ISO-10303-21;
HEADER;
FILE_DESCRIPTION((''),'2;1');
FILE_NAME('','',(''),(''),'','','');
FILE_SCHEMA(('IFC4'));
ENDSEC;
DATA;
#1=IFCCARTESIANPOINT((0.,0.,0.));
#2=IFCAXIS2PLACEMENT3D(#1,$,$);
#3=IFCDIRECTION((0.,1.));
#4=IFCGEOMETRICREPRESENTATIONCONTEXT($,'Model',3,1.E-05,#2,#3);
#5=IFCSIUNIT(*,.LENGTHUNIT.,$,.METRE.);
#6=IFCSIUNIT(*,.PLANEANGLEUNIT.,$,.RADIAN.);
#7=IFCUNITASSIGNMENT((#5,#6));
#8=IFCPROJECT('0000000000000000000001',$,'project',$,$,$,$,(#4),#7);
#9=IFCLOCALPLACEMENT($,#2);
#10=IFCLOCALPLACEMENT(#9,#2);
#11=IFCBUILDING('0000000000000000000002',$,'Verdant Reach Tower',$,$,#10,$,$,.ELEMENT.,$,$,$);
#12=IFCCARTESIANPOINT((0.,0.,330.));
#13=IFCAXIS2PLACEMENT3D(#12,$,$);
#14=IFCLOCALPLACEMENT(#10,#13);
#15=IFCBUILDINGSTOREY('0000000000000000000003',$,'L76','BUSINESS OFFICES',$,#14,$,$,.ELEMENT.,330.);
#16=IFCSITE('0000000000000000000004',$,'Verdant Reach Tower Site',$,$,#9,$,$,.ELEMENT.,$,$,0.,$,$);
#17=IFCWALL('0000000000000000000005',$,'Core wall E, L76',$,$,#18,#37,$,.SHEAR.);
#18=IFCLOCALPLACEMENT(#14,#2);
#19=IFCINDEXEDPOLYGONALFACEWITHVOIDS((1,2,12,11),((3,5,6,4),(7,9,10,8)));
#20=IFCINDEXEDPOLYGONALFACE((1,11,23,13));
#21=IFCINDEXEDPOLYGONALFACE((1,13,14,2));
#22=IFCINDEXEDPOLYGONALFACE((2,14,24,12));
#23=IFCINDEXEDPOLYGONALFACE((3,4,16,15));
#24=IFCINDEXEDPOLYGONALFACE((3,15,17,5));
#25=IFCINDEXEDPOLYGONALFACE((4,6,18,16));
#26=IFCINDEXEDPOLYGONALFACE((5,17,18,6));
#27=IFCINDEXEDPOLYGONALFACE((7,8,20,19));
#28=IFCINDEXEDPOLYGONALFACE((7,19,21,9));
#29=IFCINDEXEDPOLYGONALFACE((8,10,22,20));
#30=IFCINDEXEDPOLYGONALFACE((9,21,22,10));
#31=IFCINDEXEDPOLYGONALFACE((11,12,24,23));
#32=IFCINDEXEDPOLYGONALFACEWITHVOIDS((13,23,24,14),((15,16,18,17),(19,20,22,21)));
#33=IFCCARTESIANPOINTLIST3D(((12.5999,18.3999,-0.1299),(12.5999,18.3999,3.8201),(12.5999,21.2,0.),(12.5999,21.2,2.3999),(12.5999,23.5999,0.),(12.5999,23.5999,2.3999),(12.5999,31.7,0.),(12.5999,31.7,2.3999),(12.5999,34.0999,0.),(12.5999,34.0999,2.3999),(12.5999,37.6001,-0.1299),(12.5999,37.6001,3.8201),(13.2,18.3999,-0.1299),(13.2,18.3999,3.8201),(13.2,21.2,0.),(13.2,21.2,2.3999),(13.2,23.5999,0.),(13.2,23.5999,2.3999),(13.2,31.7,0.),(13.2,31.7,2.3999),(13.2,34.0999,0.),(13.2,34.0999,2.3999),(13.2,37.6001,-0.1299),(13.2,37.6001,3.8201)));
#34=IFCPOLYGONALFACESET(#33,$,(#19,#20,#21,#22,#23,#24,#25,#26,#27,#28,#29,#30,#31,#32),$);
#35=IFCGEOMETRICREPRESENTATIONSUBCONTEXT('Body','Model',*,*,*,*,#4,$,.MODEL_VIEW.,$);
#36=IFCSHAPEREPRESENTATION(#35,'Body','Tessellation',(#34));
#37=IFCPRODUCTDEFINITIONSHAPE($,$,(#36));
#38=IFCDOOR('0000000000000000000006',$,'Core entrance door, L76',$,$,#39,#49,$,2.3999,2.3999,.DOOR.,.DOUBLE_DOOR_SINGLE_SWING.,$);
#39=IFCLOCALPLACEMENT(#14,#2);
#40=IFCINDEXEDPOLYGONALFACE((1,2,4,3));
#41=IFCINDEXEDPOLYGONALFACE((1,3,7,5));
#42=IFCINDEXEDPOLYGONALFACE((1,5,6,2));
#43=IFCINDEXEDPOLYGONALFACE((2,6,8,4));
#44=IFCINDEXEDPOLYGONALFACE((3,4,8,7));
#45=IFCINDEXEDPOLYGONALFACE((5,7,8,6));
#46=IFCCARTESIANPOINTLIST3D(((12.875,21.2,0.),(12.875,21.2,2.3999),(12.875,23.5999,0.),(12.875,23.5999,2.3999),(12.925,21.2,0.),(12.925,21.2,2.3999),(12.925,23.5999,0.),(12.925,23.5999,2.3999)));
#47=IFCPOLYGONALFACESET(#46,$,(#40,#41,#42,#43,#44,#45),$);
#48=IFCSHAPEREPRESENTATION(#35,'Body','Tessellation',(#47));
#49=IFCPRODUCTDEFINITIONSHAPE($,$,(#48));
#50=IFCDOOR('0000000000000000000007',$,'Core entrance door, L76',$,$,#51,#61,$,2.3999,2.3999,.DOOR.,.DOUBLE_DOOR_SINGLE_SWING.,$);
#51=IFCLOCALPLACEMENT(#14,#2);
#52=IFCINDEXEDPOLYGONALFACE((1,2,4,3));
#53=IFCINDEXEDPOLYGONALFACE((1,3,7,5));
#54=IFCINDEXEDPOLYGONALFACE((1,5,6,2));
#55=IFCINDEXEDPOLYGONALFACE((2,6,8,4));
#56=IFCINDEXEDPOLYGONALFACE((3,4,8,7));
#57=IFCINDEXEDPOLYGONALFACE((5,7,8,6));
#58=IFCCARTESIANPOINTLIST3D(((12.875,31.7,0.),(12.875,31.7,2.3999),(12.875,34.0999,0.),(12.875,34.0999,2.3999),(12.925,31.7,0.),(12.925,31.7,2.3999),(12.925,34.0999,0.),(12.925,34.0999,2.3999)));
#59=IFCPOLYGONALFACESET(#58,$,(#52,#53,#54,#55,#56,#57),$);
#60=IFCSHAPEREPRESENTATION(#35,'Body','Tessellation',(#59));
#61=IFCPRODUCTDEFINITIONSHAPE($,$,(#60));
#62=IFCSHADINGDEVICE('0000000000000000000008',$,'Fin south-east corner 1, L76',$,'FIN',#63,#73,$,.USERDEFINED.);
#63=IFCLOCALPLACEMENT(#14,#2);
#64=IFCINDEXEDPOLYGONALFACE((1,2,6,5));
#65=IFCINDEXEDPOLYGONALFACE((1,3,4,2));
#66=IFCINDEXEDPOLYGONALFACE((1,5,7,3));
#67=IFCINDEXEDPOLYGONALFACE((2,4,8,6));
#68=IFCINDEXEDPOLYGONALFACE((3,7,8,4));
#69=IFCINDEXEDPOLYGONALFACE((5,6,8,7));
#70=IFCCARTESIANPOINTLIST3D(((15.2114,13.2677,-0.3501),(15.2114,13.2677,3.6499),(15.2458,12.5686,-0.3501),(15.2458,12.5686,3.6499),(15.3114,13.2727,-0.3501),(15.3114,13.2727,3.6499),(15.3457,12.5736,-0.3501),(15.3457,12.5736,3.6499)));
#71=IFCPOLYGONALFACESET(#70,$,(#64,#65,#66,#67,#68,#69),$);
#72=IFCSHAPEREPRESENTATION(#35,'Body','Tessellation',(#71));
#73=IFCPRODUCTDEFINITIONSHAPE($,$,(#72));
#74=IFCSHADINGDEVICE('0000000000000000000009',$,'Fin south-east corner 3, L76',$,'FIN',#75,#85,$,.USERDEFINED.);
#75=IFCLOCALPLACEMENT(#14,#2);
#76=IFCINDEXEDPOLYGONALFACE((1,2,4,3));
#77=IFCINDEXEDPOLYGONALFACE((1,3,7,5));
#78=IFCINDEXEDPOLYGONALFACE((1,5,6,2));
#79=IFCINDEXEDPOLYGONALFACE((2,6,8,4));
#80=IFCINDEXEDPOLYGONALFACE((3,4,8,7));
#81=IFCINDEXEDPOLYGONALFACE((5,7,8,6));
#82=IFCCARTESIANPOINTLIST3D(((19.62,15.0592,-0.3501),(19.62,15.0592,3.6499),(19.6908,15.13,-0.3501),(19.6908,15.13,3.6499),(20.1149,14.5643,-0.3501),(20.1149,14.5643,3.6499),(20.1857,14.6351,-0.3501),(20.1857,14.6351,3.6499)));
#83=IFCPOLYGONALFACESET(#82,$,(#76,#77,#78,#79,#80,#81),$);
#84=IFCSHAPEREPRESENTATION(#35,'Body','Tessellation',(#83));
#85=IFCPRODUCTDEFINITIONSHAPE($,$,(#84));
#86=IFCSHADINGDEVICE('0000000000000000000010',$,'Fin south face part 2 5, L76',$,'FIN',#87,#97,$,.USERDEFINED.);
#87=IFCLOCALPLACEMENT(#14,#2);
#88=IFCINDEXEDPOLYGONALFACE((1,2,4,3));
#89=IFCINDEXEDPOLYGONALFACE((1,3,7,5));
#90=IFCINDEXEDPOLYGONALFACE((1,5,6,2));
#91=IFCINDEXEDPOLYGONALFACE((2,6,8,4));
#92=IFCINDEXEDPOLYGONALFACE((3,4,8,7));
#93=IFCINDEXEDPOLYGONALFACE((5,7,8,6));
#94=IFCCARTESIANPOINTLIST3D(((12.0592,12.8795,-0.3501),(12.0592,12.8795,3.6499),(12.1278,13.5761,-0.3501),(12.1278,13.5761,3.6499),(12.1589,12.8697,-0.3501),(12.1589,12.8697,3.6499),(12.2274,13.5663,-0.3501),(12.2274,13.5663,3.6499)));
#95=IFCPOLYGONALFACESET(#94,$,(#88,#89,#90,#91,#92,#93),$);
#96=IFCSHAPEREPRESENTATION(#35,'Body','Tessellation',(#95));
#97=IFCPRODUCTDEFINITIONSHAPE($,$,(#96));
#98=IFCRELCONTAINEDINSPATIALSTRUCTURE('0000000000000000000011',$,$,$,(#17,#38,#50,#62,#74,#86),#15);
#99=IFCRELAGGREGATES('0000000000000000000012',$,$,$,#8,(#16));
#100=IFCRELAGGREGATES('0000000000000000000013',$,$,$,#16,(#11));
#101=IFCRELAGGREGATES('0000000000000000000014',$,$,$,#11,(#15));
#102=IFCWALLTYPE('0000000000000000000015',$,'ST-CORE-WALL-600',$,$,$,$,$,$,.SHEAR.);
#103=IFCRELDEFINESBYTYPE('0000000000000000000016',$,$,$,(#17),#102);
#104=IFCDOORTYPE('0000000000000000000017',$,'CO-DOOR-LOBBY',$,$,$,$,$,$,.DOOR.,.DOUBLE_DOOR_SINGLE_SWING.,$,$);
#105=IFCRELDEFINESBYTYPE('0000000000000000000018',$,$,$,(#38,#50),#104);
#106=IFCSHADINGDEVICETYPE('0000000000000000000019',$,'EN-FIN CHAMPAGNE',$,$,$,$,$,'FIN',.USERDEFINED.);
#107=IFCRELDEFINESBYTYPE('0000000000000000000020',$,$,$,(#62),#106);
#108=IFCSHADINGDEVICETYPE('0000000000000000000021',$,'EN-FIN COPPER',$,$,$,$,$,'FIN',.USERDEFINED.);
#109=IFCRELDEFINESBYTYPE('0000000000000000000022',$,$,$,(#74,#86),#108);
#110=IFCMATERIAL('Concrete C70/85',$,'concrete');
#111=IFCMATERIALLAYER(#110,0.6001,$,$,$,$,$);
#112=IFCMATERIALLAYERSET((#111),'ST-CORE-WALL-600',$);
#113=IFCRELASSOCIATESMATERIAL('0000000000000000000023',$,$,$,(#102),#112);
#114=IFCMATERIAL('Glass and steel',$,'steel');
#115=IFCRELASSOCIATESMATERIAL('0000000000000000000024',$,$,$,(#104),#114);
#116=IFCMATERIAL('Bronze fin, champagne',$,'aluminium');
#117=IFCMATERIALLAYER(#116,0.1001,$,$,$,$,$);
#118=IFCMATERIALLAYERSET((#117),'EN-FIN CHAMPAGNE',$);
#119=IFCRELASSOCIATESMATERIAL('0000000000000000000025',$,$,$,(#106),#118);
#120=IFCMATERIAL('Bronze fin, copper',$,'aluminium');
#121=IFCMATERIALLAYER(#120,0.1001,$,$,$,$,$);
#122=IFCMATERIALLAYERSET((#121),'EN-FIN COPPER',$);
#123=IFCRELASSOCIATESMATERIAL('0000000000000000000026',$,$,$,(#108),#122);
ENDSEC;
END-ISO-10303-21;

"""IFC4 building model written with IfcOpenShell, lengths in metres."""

from ifc_helpers import new_model, si_unit, direction, frame, frame_2d, origin, origin_2d, place, context, subcontext, project, spatial, rectangle, extrude, material, layer, layer_set, type_object, element, fill, save


model = new_model("IFC4")

# Units and contexts
model_context = context("Model", 3, precision=1e-05, world=origin(), true_north=direction((0.0, 1.0)))
body_context = subcontext(model_context, "Body", "Model", "MODEL_VIEW")
ifc_project = project(units=[si_unit("LENGTHUNIT", "METRE"), si_unit("PLANEANGLEUNIT", "RADIAN")], contexts=[model_context])

# Site, building, storey
site_placement = place(None, origin())
site = spatial("IfcSite", under=ifc_project, at=site_placement, Name="Verdant Reach Tower Site", CompositionType="ELEMENT", RefElevation=0.0)
building_placement = place(site_placement, origin())
building = spatial("IfcBuilding", under=site, at=building_placement, Name="Verdant Reach Tower", CompositionType="ELEMENT")
storey_placement = place(building_placement, frame((0.0, 0.0, 330.0)))
storey = spatial("IfcBuildingStorey", under=building, at=storey_placement, Name="L76", Description="BUSINESS OFFICES", CompositionType="ELEMENT", Elevation=330.0)

# Wall, openings, doors
ifc_material_1 = material(Name="Concrete C70/85", Category="concrete")
ifc_layer_1 = layer(ifc_material_1, 0.6001)
ifc_layer_set_1 = layer_set([ifc_layer_1], Name="ST-CORE-WALL-600")
wall_type_1 = type_object("IfcWallType", Name="ST-CORE-WALL-600", PredefinedType="SHEAR", material=ifc_layer_set_1)
wall_1_placement = place(storey_placement, frame((12.8999, 18.3999, -0.1299), z_axis=(0.0, 0.0, 1.0), x_axis=(0.0, 1.0, 0.0)))
wall_1 = element("IfcWall", 1, at=wall_1_placement, inside=storey, type_object=wall_type_1, Name="Core wall E, L76", PredefinedType="SHEAR", context=body_context, shape_type="SweptSolid", body=[
    extrude(rectangle(XDim=19.2002, YDim=0.6001, at=frame_2d((9.6001, 0.0))), origin(), (0.0, 0.0, 1.0), 3.95),
])
opening_1_placement = place(wall_1_placement, frame((2.8, 0.0, 0.1299)))
opening_1 = element("IfcOpeningElement", 2, at=opening_1_placement, cuts=wall_1, PredefinedType="OPENING", context=body_context, shape_type="SweptSolid", body=[
    extrude(rectangle(XDim=2.3999, YDim=2.3999, at=frame_2d((1.2, 1.2))), frame((0.0, 0.3101, 0.0), z_axis=(0.0, -1.0, 0.0), x_axis=(1.0, 0.0, 0.0)), (0.0, 0.0, 1.0), 0.6201),
])
opening_2_placement = place(wall_1_placement, frame((13.3, 0.0, 0.1299)))
opening_2 = element("IfcOpeningElement", 3, at=opening_2_placement, cuts=wall_1, PredefinedType="OPENING", context=body_context, shape_type="SweptSolid", body=[
    extrude(rectangle(XDim=2.3999, YDim=2.3999, at=frame_2d((1.2, 1.2))), frame((0.0, 0.3101, 0.0), z_axis=(0.0, -1.0, 0.0), x_axis=(1.0, 0.0, 0.0)), (0.0, 0.0, 1.0), 0.6201),
])
ifc_material_2 = material(Name="Glass and steel", Category="steel")
door_type_1 = type_object("IfcDoorType", Name="CO-DOOR-LOBBY", OperationType="DOUBLE_DOOR_SINGLE_SWING", PredefinedType="DOOR", material=ifc_material_2)
door_1_placement = place(opening_1_placement, origin())
door_1 = element("IfcDoor", 4, at=door_1_placement, inside=storey, type_object=door_type_1, Name="Core entrance door, L76", OperationType="DOUBLE_DOOR_SINGLE_SWING", OverallHeight=2.3999, OverallWidth=2.3999, PredefinedType="DOOR", context=body_context, shape_type="SweptSolid", body=[
    extrude(rectangle(XDim=2.3999, YDim=2.3999, at=frame_2d((1.2, 1.2))), frame((0.0, 0.0249, 0.0), z_axis=(0.0, -1.0, 0.0), x_axis=(1.0, 0.0, 0.0)), (0.0, 0.0, 1.0), 0.05),
])
fill(opening_1, door_1)
door_2_placement = place(opening_2_placement, origin())
door_2 = element("IfcDoor", 5, at=door_2_placement, inside=storey, type_object=door_type_1, Name="Core entrance door, L76", OperationType="DOUBLE_DOOR_SINGLE_SWING", OverallHeight=2.3999, OverallWidth=2.3999, PredefinedType="DOOR", context=body_context, shape_type="SweptSolid", body=[
    extrude(rectangle(XDim=2.3999, YDim=2.3999, at=frame_2d((1.2, 1.2))), frame((0.0, 0.0249, 0.0), z_axis=(0.0, -1.0, 0.0), x_axis=(1.0, 0.0, 0.0)), (0.0, 0.0, 1.0), 0.05),
])
fill(opening_2, door_2)

# Shading devices
ifc_material_3 = material(Name="Bronze fin, champagne", Category="aluminium")
ifc_layer_2 = layer(ifc_material_3, 0.1001)
ifc_layer_set_2 = layer_set([ifc_layer_2], Name="EN-FIN CHAMPAGNE")
shading_device_type_1 = type_object("IfcShadingDeviceType", Name="EN-FIN CHAMPAGNE", ElementType="FIN", PredefinedType="USERDEFINED", material=ifc_layer_set_2)
shading_device_placement = place(storey_placement, frame((15.2786, 12.9207, -0.3501), z_axis=(0.0, 0.0, 1.0), x_axis=(0.998793, 0.049128, 0.0)))
element("IfcShadingDevice", 6, at=shading_device_placement, inside=storey, type_object=shading_device_type_1, Name="Fin south-east corner 1, L76", ObjectType="FIN", PredefinedType="USERDEFINED", context=body_context, shape_type="SweptSolid", body=[
    extrude(rectangle(XDim=0.1001, YDim=0.7, at=origin_2d()), origin(), (0.0, 0.0, 1.0), 4.0),
])
ifc_material_4 = material(Name="Bronze fin, copper", Category="aluminium")
ifc_layer_3 = layer(ifc_material_4, 0.1001)
ifc_layer_set_3 = layer_set([ifc_layer_3], Name="EN-FIN COPPER")
shading_device_type_2 = type_object("IfcShadingDeviceType", Name="EN-FIN COPPER", ElementType="FIN", PredefinedType="USERDEFINED", material=ifc_layer_set_3)
for number, where, z_axis, x_axis, name in (
    (7, (19.9028, 14.8472, -0.3501), (0.0, 0.0, 1.0), (0.707107, 0.707107, 0.0), "Fin south-east corner 3, L76"),
    (8, (12.1433, 13.2229, -0.3501), (0.0, 0.0, 1.0), (0.995197, -0.097888, 0.0), "Fin south face part 2 5, L76"),
):
    element("IfcShadingDevice", number, at=place(storey_placement, frame(where, z_axis=z_axis, x_axis=x_axis)), inside=storey, type_object=shading_device_type_2, Name=name, ObjectType="FIN", PredefinedType="USERDEFINED", context=body_context, shape_type="SweptSolid", body=[
        extrude(rectangle(XDim=0.1001, YDim=0.7, at=origin_2d()), origin(), (0.0, 0.0, 1.0), 4.0),
    ])

save(model, "model.ifc")
